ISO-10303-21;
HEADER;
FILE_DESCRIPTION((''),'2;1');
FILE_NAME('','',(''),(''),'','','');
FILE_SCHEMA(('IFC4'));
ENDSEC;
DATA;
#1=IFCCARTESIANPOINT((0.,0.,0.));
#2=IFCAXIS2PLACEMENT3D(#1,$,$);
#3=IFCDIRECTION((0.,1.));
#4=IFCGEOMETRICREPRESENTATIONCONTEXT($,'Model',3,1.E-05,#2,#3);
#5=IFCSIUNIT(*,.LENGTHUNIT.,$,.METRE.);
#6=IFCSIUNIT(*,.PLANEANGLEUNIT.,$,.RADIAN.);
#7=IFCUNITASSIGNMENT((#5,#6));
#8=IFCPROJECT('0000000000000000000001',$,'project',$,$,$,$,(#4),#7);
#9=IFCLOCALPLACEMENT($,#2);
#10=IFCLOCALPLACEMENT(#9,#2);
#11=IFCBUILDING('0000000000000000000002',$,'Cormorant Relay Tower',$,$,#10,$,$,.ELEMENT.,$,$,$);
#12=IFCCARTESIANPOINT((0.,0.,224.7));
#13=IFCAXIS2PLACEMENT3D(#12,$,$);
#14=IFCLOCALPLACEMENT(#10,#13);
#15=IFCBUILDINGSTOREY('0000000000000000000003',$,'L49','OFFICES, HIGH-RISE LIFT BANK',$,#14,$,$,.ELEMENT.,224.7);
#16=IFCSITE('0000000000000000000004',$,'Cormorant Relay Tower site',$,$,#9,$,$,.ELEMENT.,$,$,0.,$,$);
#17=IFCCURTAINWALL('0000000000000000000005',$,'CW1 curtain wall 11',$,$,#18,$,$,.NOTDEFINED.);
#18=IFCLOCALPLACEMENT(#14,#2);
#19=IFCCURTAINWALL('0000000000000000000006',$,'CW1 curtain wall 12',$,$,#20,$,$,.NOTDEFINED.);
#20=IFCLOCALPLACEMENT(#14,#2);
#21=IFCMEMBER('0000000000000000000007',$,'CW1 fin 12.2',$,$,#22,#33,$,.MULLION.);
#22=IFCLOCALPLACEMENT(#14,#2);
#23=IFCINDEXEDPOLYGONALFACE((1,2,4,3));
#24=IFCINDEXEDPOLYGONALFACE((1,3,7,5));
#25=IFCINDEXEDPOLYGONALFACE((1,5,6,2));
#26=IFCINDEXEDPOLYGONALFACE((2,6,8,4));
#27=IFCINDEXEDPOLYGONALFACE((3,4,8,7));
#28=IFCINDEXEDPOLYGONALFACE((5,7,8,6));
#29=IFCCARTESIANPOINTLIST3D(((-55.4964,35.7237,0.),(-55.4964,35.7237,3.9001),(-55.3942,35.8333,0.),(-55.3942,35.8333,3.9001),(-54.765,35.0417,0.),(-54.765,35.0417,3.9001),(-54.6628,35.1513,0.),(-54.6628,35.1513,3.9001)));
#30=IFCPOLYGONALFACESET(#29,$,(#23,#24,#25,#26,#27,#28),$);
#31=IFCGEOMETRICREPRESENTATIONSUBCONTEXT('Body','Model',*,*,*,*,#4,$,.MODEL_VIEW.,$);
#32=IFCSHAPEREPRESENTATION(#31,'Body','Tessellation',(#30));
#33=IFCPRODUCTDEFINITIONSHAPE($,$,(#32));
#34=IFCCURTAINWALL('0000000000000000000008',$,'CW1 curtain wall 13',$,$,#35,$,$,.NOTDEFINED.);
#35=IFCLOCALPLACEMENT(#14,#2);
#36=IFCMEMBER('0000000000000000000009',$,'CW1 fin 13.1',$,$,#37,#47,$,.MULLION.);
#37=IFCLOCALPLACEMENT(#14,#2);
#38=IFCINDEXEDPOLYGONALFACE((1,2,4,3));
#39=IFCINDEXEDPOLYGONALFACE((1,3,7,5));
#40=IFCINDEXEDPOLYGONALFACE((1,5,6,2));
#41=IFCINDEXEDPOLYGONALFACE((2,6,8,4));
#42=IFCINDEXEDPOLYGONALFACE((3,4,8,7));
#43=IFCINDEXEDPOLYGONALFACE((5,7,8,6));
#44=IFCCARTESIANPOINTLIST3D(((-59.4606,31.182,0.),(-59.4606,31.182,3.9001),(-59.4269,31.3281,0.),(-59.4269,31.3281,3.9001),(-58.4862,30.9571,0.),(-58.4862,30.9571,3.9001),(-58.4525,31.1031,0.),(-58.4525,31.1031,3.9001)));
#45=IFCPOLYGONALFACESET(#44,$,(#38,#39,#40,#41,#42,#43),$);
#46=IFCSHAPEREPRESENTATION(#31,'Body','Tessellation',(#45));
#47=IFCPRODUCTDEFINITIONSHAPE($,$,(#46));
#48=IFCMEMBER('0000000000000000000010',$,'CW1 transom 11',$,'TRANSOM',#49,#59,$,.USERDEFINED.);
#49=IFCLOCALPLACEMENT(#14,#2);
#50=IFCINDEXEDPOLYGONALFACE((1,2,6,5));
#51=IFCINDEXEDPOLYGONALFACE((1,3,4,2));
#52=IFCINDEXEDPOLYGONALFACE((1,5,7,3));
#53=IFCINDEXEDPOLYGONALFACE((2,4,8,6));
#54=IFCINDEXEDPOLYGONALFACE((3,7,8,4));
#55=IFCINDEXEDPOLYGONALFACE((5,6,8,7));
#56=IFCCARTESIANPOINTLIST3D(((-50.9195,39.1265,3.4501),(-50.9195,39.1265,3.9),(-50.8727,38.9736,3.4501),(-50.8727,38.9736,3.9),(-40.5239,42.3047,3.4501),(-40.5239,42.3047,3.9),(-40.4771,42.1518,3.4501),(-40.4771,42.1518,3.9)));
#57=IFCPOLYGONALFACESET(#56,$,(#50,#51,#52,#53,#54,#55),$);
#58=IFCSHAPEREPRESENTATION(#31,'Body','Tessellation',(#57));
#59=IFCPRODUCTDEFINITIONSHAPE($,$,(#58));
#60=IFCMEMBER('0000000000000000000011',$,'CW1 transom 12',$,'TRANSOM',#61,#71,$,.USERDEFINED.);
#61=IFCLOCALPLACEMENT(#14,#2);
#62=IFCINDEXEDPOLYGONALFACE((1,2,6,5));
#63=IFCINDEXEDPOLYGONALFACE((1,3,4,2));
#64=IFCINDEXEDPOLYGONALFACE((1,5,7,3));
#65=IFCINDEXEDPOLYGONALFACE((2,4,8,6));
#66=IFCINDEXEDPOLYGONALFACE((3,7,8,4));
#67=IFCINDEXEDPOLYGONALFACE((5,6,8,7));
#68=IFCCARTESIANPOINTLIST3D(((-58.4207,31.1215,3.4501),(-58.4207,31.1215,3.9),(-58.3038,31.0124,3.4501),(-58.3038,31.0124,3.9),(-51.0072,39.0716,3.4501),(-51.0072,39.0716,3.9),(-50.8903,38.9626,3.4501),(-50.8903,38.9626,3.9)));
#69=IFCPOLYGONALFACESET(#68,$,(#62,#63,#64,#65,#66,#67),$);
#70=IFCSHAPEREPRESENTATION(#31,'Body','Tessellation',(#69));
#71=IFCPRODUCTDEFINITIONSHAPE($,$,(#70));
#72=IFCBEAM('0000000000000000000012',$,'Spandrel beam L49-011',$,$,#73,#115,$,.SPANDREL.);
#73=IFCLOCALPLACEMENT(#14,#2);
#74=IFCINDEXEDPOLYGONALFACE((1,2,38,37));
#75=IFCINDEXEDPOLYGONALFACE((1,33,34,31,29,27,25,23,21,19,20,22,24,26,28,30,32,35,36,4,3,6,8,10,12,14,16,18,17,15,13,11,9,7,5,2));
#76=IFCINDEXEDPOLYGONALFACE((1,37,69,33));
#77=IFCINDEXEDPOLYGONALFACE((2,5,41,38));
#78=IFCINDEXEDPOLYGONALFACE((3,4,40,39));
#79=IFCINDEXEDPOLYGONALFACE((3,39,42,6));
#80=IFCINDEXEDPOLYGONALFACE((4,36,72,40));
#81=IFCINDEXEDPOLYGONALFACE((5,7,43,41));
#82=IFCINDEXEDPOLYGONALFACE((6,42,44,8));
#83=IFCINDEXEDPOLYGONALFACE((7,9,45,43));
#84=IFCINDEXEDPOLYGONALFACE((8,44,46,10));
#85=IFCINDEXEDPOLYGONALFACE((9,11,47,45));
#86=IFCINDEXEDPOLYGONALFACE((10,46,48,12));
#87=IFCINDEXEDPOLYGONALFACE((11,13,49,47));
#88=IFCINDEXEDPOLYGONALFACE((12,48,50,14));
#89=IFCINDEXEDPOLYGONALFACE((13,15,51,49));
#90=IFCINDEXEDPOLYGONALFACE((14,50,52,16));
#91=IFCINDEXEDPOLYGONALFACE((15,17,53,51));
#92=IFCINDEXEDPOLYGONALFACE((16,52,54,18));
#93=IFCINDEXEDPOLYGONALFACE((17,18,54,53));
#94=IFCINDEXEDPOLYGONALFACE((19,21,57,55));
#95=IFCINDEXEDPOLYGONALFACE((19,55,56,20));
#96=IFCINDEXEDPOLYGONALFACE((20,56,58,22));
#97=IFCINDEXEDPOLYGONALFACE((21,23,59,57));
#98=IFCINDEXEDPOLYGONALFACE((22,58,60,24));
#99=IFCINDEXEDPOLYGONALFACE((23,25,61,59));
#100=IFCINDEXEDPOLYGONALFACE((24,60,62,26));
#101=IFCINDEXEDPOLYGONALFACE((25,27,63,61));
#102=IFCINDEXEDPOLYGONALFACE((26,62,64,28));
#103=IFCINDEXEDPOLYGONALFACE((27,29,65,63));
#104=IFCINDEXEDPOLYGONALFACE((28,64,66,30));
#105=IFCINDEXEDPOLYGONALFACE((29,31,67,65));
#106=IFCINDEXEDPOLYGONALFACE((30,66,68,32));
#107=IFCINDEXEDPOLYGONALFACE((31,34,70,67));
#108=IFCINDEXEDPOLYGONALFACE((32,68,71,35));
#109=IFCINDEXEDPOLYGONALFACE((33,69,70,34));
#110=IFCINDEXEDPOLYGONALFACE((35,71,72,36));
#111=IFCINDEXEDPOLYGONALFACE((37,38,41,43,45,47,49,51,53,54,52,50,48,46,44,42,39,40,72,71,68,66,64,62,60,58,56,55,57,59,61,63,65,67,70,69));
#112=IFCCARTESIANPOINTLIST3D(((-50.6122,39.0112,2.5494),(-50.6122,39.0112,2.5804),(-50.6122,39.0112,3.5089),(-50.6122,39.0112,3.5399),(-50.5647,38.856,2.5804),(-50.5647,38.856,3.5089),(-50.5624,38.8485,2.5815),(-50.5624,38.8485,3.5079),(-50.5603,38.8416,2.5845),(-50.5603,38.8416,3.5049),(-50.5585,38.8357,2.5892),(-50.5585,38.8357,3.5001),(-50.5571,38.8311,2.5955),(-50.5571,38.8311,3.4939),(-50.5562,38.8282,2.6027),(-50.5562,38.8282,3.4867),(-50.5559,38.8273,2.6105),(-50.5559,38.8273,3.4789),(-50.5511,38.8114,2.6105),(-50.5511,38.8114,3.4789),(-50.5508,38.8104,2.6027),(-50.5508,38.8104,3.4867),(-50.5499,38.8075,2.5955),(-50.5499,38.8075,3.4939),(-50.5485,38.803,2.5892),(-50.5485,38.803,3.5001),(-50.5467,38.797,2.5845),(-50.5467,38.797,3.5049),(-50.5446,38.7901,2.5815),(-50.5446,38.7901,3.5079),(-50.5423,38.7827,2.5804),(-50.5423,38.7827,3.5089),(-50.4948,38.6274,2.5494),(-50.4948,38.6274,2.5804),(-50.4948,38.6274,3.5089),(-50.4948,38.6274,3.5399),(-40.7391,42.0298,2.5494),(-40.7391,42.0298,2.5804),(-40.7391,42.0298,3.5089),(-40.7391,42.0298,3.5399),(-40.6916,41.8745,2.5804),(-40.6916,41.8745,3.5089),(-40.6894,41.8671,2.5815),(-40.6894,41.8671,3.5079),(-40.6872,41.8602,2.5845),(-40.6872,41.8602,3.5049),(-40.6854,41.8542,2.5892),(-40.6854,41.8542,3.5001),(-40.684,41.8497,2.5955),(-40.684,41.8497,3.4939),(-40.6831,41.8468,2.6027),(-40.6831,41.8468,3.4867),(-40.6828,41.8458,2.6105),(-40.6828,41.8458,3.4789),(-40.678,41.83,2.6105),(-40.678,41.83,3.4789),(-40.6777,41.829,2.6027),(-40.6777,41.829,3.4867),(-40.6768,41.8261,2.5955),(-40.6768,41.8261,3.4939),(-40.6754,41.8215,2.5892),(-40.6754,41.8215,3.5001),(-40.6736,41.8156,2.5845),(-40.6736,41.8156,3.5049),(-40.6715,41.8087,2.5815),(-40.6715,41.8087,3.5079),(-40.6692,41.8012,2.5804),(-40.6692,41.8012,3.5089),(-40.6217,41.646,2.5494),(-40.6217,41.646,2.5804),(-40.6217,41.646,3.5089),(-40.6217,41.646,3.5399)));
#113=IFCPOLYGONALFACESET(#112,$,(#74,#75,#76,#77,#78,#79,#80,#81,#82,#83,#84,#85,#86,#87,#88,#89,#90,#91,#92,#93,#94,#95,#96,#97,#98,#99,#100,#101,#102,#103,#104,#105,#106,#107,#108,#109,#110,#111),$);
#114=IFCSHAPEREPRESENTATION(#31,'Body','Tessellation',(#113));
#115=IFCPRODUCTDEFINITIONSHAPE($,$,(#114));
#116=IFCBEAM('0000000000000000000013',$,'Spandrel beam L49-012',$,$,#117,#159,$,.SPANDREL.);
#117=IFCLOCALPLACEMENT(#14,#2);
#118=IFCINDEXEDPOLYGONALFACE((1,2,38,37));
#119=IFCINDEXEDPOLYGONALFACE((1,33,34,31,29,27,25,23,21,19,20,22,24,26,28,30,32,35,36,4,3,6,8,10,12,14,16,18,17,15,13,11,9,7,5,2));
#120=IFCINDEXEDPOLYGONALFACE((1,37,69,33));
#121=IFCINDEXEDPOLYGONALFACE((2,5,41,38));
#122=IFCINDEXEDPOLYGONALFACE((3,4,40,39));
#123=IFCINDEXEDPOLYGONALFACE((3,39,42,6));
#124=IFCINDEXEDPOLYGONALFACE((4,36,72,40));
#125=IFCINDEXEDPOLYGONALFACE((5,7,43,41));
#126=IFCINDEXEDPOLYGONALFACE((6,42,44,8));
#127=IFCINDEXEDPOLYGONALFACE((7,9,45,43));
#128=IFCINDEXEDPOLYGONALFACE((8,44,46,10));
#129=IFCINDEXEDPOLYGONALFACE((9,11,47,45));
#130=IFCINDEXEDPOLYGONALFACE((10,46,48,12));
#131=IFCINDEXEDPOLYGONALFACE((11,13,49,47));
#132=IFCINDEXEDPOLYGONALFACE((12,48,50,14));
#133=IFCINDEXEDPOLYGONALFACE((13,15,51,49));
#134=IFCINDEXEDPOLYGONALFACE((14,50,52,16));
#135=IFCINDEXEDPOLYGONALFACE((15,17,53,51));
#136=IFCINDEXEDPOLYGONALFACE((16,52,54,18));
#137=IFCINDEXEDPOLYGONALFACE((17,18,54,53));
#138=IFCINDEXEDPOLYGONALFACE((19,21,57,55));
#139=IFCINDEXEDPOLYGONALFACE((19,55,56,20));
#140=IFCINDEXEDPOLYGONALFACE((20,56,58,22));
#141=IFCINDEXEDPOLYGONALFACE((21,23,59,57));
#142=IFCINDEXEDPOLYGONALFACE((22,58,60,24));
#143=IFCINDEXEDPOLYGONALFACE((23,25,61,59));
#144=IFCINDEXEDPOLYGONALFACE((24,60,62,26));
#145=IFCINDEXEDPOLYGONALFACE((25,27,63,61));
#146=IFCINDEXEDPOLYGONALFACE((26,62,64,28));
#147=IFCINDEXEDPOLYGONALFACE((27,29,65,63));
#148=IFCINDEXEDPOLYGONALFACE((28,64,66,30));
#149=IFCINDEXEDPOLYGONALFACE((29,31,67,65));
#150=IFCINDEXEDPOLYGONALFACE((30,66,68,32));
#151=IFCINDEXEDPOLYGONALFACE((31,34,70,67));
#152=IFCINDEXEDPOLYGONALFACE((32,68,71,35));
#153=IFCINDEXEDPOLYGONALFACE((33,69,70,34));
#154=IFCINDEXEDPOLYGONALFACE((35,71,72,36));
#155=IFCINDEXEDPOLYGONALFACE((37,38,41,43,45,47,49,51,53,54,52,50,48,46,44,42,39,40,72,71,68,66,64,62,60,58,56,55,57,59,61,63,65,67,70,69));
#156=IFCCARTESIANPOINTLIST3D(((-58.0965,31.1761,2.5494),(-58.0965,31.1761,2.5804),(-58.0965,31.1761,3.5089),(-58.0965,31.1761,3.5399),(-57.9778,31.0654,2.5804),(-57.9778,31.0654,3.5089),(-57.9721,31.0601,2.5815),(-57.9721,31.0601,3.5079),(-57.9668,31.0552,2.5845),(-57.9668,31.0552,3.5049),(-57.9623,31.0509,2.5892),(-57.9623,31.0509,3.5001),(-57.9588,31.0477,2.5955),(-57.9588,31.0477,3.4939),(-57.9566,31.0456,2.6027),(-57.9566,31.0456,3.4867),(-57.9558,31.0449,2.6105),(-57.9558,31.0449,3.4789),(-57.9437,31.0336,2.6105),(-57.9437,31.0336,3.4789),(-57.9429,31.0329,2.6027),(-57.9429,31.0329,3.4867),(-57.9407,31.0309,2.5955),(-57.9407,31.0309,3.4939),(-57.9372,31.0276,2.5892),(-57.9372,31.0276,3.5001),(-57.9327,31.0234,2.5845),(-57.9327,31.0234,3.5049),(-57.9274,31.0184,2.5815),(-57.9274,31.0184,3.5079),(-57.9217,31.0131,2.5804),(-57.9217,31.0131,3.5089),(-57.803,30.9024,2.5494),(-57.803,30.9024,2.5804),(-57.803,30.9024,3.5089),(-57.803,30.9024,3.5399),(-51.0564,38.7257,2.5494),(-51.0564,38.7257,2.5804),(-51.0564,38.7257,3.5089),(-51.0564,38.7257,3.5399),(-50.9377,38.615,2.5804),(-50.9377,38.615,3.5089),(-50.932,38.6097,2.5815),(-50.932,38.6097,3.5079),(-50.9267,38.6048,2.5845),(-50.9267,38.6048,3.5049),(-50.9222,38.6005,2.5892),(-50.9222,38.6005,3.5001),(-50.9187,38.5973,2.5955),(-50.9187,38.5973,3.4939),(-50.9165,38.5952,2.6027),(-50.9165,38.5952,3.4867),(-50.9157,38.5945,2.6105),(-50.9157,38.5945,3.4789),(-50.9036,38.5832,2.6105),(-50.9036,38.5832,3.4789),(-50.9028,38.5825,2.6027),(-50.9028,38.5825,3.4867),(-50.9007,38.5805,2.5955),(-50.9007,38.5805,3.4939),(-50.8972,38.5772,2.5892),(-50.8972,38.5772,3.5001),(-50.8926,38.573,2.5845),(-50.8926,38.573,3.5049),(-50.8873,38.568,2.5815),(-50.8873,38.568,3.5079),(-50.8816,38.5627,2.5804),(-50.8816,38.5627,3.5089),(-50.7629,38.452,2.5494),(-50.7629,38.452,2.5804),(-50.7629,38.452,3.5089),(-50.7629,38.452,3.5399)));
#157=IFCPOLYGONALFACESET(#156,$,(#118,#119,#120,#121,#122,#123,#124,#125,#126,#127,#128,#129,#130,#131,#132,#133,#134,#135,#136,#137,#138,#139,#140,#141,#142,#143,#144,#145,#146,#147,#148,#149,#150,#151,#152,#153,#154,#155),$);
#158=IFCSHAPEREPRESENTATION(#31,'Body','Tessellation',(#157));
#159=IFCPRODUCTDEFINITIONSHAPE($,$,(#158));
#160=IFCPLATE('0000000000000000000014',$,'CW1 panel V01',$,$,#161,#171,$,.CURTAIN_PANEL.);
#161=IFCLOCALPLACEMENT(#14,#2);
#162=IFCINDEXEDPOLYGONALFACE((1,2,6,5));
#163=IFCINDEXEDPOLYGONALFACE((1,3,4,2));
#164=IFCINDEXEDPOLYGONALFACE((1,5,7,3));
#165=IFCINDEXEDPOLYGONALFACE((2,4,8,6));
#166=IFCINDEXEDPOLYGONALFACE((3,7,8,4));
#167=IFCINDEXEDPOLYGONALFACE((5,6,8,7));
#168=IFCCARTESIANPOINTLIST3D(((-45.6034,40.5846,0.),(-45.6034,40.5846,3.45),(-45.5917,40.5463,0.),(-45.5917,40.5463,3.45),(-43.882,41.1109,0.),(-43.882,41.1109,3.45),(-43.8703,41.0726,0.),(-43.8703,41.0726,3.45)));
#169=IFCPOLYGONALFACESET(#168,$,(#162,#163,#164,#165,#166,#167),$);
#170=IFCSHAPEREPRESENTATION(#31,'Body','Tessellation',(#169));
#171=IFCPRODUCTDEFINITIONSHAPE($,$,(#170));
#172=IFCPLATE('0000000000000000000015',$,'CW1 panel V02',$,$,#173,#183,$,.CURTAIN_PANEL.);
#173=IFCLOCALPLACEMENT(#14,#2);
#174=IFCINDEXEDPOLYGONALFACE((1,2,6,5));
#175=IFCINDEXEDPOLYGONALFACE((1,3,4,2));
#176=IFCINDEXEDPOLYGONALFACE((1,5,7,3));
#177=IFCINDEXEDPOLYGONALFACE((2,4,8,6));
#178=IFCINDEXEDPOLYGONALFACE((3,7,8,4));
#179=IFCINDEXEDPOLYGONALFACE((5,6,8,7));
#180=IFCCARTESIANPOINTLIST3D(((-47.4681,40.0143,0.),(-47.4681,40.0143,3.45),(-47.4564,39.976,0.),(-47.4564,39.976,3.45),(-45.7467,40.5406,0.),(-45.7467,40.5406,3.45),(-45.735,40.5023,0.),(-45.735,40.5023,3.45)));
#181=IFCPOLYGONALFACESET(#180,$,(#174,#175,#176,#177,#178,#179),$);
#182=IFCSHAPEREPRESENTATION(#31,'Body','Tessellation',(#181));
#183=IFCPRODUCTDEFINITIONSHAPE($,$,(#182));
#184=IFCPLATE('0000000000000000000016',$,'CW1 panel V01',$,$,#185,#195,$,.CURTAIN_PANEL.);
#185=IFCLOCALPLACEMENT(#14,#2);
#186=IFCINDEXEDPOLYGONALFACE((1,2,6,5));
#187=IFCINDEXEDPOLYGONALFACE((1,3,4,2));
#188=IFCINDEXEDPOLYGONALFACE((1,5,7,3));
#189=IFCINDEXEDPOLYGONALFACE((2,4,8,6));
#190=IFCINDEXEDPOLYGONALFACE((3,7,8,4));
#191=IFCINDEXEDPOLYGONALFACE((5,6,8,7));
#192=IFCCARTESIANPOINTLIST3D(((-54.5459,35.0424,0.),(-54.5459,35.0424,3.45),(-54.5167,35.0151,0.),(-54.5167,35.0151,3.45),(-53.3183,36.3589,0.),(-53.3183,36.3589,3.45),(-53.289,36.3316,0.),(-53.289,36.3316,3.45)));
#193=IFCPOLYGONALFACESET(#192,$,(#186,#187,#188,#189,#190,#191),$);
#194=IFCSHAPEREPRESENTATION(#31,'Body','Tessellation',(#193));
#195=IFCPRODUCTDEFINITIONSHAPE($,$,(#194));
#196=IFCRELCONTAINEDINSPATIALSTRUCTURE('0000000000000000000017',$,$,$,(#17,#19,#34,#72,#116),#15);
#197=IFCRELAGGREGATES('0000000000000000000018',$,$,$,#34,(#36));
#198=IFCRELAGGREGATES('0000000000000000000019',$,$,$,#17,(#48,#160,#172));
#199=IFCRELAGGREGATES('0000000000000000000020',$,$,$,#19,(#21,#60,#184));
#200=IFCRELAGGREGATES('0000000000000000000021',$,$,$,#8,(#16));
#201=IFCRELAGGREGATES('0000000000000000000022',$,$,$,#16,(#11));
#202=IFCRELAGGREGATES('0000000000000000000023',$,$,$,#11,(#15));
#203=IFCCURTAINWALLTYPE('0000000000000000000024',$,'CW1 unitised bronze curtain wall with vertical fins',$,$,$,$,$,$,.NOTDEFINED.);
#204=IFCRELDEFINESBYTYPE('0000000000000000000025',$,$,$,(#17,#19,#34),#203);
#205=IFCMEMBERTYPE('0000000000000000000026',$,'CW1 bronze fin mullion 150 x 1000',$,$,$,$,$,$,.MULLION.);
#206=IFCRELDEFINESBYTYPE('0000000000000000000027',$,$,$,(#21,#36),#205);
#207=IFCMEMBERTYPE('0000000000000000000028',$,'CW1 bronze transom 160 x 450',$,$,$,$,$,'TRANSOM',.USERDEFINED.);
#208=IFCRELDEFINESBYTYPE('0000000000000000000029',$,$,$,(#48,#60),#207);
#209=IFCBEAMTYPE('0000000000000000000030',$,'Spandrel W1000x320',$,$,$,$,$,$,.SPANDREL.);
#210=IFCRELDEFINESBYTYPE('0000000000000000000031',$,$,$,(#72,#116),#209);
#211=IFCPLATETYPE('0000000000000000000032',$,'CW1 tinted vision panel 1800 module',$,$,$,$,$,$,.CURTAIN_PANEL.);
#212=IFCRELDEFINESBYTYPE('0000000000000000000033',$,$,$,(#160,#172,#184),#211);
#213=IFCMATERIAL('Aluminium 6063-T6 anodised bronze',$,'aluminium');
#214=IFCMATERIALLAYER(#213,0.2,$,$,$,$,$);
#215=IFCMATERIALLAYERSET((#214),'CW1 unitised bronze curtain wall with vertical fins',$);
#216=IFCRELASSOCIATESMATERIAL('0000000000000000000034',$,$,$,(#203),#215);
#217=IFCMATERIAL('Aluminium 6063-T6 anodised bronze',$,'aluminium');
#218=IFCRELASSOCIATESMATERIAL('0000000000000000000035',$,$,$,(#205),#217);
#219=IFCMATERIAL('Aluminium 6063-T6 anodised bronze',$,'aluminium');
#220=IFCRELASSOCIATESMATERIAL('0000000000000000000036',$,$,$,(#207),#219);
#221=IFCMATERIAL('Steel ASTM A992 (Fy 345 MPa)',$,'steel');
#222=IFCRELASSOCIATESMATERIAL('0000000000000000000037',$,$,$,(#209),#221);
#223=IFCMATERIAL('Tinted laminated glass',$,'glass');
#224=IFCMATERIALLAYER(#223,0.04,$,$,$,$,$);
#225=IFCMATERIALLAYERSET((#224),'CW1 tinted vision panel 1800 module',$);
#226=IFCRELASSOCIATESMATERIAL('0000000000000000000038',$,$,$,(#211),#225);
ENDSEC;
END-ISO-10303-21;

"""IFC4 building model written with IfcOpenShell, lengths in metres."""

from ifc_helpers import new_model, si_unit, direction, frame, origin, origin_2d, place, context, subcontext, project, spatial, rectangle, i_section, extrude, material, layer, layer_set, material_profile, profile_set, type_object, element, aggregate, save


model = new_model("IFC4")

# Units and contexts
model_context = context("Model", 3, precision=1e-05, world=origin(), true_north=direction((0.0, 1.0)))
body_context = subcontext(model_context, "Body", "Model", "MODEL_VIEW")
ifc_project = project(units=[si_unit("LENGTHUNIT", "METRE"), si_unit("PLANEANGLEUNIT", "RADIAN")], contexts=[model_context])

# Site, building, storey
site_placement = place(None, origin())
site = spatial("IfcSite", under=ifc_project, at=site_placement, Name="Cormorant Relay Tower site", CompositionType="ELEMENT", RefElevation=0.0)
building_placement = place(site_placement, origin())
building = spatial("IfcBuilding", under=site, at=building_placement, Name="Cormorant Relay Tower", CompositionType="ELEMENT")
storey_placement = place(building_placement, frame((0.0, 0.0, 224.7)))
storey = spatial("IfcBuildingStorey", under=building, at=storey_placement, Name="L49", Description="OFFICES, HIGH-RISE LIFT BANK", CompositionType="ELEMENT", Elevation=224.7)

# Shared definitions
ifc_material_1 = material(Name="Aluminium 6063-T6 anodised bronze", Category="aluminium")
ifc_layer_1 = layer(ifc_material_1, 0.2)
ifc_layer_set_1 = layer_set([ifc_layer_1], Name="CW1 unitised bronze curtain wall with vertical fins")
curtain_wall_type = type_object("IfcCurtainWallType", Name="CW1 unitised bronze curtain wall with vertical fins", PredefinedType="NOTDEFINED", material=ifc_layer_set_1)
ifc_material_2 = material(Name="Aluminium 6063-T6 anodised bronze", Category="aluminium")
ifc_material_profile_1 = material_profile(ifc_material_2, rectangle(XDim=0.1499, YDim=1.0, at=origin_2d()), Name="AL 150x1000")
ifc_profile_set_1 = profile_set([ifc_material_profile_1], Name="Aluminium 6063-T6 anodised bronze")
member_type_1 = type_object("IfcMemberType", Name="CW1 bronze fin mullion 150 x 1000", PredefinedType="MULLION", material=ifc_profile_set_1)

# Curtain walls, member
curtain_wall_1_placement = place(storey_placement, origin())
curtain_wall_1 = element("IfcCurtainWall", 1, at=curtain_wall_1_placement, inside=storey, type_object=curtain_wall_type, Name="CW1 curtain wall 11", PredefinedType="NOTDEFINED")
curtain_wall_2_placement = place(storey_placement, origin())
curtain_wall_2 = element("IfcCurtainWall", 2, at=curtain_wall_2_placement, inside=storey, type_object=curtain_wall_type, Name="CW1 curtain wall 12", PredefinedType="NOTDEFINED")
member_1_placement = place(storey_placement, frame((-55.0796, 35.4375, 0.0), z_axis=(0.0, 0.0, 1.0), x_axis=(-0.681998, -0.731354, 0.0)))
member_1 = element("IfcMember", 3, at=member_1_placement, type_object=member_type_1, Name="CW1 fin 12.2", PredefinedType="MULLION", context=body_context, shape_type="SweptSolid", body=[
    extrude(rectangle(XDim=0.1499, YDim=1.0, at=origin_2d()), origin(), (0.0, 0.0, 1.0), 3.9001),
])

# Curtain wall, member
curtain_wall_3_placement = place(storey_placement, origin())
curtain_wall_3 = element("IfcCurtainWall", 4, at=curtain_wall_3_placement, inside=storey, type_object=curtain_wall_type, Name="CW1 curtain wall 13", PredefinedType="NOTDEFINED")
member_2_placement = place(storey_placement, frame((-58.9565, 31.1426, 0.0), z_axis=(0.0, 0.0, 1.0), x_axis=(-0.224951, -0.97437, 0.0)))
member_2 = element("IfcMember", 5, at=member_2_placement, type_object=member_type_1, Name="CW1 fin 13.1", PredefinedType="MULLION", context=body_context, shape_type="SweptSolid", body=[
    extrude(rectangle(XDim=0.1499, YDim=1.0, at=origin_2d()), origin(), (0.0, 0.0, 1.0), 3.9001),
])
aggregate(curtain_wall_3, [member_2])

# Members
ifc_material_3 = material(Name="Aluminium 6063-T6 anodised bronze", Category="aluminium")
ifc_material_profile_2 = material_profile(ifc_material_3, rectangle(XDim=0.1599, YDim=0.45, at=origin_2d()), Name="AL 160x450")
ifc_profile_set_2 = profile_set([ifc_material_profile_2], Name="Aluminium 6063-T6 anodised bronze")
member_type_2 = type_object("IfcMemberType", Name="CW1 bronze transom 160 x 450", ElementType="TRANSOM", PredefinedType="USERDEFINED", material=ifc_profile_set_2)
member_3_placement = place(storey_placement, frame((-40.5005, 42.2283, 3.675), z_axis=(-0.956305, -0.292371, 0.0), x_axis=(0.292371, -0.956305, 0.0)))
member_3 = element("IfcMember", 6, at=member_3_placement, type_object=member_type_2, Name="CW1 transom 11", ObjectType="TRANSOM", PredefinedType="USERDEFINED", context=body_context, shape_type="SweptSolid", body=[
    extrude(rectangle(XDim=0.1599, YDim=0.45, at=origin_2d()), origin(), (0.0, 0.0, 1.0), 10.8706),
])
member_4_placement = place(storey_placement, frame((-50.9487, 39.0171, 3.675), z_axis=(-0.681993, -0.731358, 0.0), x_axis=(0.731358, -0.681993, 0.0)))
member_4 = element("IfcMember", 7, at=member_4_placement, type_object=member_type_2, Name="CW1 transom 12", ObjectType="TRANSOM", PredefinedType="USERDEFINED", context=body_context, shape_type="SweptSolid", body=[
    extrude(rectangle(XDim=0.1599, YDim=0.45, at=origin_2d()), origin(), (0.0, 0.0, 1.0), 10.8704),
])

# Beams
ifc_material_4 = material(Name="Steel ASTM A992 (Fy 345 MPa)", Category="steel")
ifc_material_profile_3 = material_profile(ifc_material_4, i_section(OverallWidth=0.4014, OverallDepth=0.9905, WebThickness=0.0166, FlangeThickness=0.031, FilletRadius=0.03, at=origin_2d()), Name="W1000x320")
ifc_profile_set_3 = profile_set([ifc_material_profile_3], Name="Steel ASTM A992 (Fy 345 MPa)")
beam_type = type_object("IfcBeamType", Name="Spandrel W1000x320", PredefinedType="SPANDREL", material=ifc_profile_set_3)
beam_1_placement = place(storey_placement, frame((-40.6804, 41.8379, 3.0447), z_axis=(-0.956303, -0.292377, 0.0), x_axis=(0.292377, -0.956303, 0.0)))
element("IfcBeam", 8, at=beam_1_placement, inside=storey, type_object=beam_type, Name="Spandrel beam L49-011", PredefinedType="SPANDREL", context=body_context, shape_type="SweptSolid", body=[
    extrude(i_section(OverallWidth=0.4014, OverallDepth=0.9905, WebThickness=0.0166, FlangeThickness=0.031, FilletRadius=0.03, at=origin_2d()), origin(), (0.0, 0.0, 1.0), 10.3242),
])
beam_2_placement = place(storey_placement, frame((-50.9097, 38.5889, 3.0447), z_axis=(-0.681996, -0.731356, 0.0), x_axis=(0.731356, -0.681996, 0.0)))
element("IfcBeam", 9, at=beam_2_placement, inside=storey, type_object=beam_type, Name="Spandrel beam L49-012", PredefinedType="SPANDREL", context=body_context, shape_type="SweptSolid", body=[
    extrude(i_section(OverallWidth=0.4014, OverallDepth=0.9905, WebThickness=0.0166, FlangeThickness=0.031, FilletRadius=0.03, at=origin_2d()), origin(), (0.0, 0.0, 1.0), 10.3228),
])

# Plates
ifc_material_5 = material(Name="Tinted laminated glass", Category="glass")
ifc_layer_2 = layer(ifc_material_5, 0.04)
ifc_layer_set_2 = layer_set([ifc_layer_2], Name="CW1 tinted vision panel 1800 module")
plate_type_1 = type_object("IfcPlateType", Name="CW1 tinted vision panel 1800 module", PredefinedType="CURTAIN_PANEL", material=ifc_layer_set_2)
plate_1_placement = place(storey_placement, frame((-44.7368, 40.8286, 0.0), z_axis=(0.0, 0.0, 1.0), x_axis=(-0.956305, -0.292372, 0.0)))
plate_1 = element("IfcPlate", 10, at=plate_1_placement, type_object=plate_type_1, Name="CW1 panel V01", PredefinedType="CURTAIN_PANEL", context=body_context, shape_type="SweptSolid", body=[
    extrude(rectangle(XDim=1.8, YDim=0.04, at=origin_2d()), origin(), (0.0, 0.0, 1.0), 3.45),
])
plate_2_placement = place(storey_placement, frame((-46.6016, 40.2583, 0.0), z_axis=(0.0, 0.0, 1.0), x_axis=(-0.956305, -0.292372, 0.0)))
plate_2 = element("IfcPlate", 11, at=plate_2_placement, type_object=plate_type_1, Name="CW1 panel V02", PredefinedType="CURTAIN_PANEL", context=body_context, shape_type="SweptSolid", body=[
    extrude(rectangle(XDim=1.8, YDim=0.04, at=origin_2d()), origin(), (0.0, 0.0, 1.0), 3.45),
])
plate_3_placement = place(storey_placement, frame((-53.9175, 35.687, 0.0), z_axis=(0.0, 0.0, 1.0), x_axis=(-0.681998, -0.731354, 0.0)))
plate_3 = element("IfcPlate", 12, at=plate_3_placement, type_object=plate_type_1, Name="CW1 panel V01", PredefinedType="CURTAIN_PANEL", context=body_context, shape_type="SweptSolid", body=[
    extrude(rectangle(XDim=1.8, YDim=0.04, at=origin_2d()), origin(), (0.0, 0.0, 1.0), 3.45),
])

aggregate(curtain_wall_1, [member_3, plate_1, plate_2])
aggregate(curtain_wall_2, [member_1, member_4, plate_3])

save(model, "model.ifc")
